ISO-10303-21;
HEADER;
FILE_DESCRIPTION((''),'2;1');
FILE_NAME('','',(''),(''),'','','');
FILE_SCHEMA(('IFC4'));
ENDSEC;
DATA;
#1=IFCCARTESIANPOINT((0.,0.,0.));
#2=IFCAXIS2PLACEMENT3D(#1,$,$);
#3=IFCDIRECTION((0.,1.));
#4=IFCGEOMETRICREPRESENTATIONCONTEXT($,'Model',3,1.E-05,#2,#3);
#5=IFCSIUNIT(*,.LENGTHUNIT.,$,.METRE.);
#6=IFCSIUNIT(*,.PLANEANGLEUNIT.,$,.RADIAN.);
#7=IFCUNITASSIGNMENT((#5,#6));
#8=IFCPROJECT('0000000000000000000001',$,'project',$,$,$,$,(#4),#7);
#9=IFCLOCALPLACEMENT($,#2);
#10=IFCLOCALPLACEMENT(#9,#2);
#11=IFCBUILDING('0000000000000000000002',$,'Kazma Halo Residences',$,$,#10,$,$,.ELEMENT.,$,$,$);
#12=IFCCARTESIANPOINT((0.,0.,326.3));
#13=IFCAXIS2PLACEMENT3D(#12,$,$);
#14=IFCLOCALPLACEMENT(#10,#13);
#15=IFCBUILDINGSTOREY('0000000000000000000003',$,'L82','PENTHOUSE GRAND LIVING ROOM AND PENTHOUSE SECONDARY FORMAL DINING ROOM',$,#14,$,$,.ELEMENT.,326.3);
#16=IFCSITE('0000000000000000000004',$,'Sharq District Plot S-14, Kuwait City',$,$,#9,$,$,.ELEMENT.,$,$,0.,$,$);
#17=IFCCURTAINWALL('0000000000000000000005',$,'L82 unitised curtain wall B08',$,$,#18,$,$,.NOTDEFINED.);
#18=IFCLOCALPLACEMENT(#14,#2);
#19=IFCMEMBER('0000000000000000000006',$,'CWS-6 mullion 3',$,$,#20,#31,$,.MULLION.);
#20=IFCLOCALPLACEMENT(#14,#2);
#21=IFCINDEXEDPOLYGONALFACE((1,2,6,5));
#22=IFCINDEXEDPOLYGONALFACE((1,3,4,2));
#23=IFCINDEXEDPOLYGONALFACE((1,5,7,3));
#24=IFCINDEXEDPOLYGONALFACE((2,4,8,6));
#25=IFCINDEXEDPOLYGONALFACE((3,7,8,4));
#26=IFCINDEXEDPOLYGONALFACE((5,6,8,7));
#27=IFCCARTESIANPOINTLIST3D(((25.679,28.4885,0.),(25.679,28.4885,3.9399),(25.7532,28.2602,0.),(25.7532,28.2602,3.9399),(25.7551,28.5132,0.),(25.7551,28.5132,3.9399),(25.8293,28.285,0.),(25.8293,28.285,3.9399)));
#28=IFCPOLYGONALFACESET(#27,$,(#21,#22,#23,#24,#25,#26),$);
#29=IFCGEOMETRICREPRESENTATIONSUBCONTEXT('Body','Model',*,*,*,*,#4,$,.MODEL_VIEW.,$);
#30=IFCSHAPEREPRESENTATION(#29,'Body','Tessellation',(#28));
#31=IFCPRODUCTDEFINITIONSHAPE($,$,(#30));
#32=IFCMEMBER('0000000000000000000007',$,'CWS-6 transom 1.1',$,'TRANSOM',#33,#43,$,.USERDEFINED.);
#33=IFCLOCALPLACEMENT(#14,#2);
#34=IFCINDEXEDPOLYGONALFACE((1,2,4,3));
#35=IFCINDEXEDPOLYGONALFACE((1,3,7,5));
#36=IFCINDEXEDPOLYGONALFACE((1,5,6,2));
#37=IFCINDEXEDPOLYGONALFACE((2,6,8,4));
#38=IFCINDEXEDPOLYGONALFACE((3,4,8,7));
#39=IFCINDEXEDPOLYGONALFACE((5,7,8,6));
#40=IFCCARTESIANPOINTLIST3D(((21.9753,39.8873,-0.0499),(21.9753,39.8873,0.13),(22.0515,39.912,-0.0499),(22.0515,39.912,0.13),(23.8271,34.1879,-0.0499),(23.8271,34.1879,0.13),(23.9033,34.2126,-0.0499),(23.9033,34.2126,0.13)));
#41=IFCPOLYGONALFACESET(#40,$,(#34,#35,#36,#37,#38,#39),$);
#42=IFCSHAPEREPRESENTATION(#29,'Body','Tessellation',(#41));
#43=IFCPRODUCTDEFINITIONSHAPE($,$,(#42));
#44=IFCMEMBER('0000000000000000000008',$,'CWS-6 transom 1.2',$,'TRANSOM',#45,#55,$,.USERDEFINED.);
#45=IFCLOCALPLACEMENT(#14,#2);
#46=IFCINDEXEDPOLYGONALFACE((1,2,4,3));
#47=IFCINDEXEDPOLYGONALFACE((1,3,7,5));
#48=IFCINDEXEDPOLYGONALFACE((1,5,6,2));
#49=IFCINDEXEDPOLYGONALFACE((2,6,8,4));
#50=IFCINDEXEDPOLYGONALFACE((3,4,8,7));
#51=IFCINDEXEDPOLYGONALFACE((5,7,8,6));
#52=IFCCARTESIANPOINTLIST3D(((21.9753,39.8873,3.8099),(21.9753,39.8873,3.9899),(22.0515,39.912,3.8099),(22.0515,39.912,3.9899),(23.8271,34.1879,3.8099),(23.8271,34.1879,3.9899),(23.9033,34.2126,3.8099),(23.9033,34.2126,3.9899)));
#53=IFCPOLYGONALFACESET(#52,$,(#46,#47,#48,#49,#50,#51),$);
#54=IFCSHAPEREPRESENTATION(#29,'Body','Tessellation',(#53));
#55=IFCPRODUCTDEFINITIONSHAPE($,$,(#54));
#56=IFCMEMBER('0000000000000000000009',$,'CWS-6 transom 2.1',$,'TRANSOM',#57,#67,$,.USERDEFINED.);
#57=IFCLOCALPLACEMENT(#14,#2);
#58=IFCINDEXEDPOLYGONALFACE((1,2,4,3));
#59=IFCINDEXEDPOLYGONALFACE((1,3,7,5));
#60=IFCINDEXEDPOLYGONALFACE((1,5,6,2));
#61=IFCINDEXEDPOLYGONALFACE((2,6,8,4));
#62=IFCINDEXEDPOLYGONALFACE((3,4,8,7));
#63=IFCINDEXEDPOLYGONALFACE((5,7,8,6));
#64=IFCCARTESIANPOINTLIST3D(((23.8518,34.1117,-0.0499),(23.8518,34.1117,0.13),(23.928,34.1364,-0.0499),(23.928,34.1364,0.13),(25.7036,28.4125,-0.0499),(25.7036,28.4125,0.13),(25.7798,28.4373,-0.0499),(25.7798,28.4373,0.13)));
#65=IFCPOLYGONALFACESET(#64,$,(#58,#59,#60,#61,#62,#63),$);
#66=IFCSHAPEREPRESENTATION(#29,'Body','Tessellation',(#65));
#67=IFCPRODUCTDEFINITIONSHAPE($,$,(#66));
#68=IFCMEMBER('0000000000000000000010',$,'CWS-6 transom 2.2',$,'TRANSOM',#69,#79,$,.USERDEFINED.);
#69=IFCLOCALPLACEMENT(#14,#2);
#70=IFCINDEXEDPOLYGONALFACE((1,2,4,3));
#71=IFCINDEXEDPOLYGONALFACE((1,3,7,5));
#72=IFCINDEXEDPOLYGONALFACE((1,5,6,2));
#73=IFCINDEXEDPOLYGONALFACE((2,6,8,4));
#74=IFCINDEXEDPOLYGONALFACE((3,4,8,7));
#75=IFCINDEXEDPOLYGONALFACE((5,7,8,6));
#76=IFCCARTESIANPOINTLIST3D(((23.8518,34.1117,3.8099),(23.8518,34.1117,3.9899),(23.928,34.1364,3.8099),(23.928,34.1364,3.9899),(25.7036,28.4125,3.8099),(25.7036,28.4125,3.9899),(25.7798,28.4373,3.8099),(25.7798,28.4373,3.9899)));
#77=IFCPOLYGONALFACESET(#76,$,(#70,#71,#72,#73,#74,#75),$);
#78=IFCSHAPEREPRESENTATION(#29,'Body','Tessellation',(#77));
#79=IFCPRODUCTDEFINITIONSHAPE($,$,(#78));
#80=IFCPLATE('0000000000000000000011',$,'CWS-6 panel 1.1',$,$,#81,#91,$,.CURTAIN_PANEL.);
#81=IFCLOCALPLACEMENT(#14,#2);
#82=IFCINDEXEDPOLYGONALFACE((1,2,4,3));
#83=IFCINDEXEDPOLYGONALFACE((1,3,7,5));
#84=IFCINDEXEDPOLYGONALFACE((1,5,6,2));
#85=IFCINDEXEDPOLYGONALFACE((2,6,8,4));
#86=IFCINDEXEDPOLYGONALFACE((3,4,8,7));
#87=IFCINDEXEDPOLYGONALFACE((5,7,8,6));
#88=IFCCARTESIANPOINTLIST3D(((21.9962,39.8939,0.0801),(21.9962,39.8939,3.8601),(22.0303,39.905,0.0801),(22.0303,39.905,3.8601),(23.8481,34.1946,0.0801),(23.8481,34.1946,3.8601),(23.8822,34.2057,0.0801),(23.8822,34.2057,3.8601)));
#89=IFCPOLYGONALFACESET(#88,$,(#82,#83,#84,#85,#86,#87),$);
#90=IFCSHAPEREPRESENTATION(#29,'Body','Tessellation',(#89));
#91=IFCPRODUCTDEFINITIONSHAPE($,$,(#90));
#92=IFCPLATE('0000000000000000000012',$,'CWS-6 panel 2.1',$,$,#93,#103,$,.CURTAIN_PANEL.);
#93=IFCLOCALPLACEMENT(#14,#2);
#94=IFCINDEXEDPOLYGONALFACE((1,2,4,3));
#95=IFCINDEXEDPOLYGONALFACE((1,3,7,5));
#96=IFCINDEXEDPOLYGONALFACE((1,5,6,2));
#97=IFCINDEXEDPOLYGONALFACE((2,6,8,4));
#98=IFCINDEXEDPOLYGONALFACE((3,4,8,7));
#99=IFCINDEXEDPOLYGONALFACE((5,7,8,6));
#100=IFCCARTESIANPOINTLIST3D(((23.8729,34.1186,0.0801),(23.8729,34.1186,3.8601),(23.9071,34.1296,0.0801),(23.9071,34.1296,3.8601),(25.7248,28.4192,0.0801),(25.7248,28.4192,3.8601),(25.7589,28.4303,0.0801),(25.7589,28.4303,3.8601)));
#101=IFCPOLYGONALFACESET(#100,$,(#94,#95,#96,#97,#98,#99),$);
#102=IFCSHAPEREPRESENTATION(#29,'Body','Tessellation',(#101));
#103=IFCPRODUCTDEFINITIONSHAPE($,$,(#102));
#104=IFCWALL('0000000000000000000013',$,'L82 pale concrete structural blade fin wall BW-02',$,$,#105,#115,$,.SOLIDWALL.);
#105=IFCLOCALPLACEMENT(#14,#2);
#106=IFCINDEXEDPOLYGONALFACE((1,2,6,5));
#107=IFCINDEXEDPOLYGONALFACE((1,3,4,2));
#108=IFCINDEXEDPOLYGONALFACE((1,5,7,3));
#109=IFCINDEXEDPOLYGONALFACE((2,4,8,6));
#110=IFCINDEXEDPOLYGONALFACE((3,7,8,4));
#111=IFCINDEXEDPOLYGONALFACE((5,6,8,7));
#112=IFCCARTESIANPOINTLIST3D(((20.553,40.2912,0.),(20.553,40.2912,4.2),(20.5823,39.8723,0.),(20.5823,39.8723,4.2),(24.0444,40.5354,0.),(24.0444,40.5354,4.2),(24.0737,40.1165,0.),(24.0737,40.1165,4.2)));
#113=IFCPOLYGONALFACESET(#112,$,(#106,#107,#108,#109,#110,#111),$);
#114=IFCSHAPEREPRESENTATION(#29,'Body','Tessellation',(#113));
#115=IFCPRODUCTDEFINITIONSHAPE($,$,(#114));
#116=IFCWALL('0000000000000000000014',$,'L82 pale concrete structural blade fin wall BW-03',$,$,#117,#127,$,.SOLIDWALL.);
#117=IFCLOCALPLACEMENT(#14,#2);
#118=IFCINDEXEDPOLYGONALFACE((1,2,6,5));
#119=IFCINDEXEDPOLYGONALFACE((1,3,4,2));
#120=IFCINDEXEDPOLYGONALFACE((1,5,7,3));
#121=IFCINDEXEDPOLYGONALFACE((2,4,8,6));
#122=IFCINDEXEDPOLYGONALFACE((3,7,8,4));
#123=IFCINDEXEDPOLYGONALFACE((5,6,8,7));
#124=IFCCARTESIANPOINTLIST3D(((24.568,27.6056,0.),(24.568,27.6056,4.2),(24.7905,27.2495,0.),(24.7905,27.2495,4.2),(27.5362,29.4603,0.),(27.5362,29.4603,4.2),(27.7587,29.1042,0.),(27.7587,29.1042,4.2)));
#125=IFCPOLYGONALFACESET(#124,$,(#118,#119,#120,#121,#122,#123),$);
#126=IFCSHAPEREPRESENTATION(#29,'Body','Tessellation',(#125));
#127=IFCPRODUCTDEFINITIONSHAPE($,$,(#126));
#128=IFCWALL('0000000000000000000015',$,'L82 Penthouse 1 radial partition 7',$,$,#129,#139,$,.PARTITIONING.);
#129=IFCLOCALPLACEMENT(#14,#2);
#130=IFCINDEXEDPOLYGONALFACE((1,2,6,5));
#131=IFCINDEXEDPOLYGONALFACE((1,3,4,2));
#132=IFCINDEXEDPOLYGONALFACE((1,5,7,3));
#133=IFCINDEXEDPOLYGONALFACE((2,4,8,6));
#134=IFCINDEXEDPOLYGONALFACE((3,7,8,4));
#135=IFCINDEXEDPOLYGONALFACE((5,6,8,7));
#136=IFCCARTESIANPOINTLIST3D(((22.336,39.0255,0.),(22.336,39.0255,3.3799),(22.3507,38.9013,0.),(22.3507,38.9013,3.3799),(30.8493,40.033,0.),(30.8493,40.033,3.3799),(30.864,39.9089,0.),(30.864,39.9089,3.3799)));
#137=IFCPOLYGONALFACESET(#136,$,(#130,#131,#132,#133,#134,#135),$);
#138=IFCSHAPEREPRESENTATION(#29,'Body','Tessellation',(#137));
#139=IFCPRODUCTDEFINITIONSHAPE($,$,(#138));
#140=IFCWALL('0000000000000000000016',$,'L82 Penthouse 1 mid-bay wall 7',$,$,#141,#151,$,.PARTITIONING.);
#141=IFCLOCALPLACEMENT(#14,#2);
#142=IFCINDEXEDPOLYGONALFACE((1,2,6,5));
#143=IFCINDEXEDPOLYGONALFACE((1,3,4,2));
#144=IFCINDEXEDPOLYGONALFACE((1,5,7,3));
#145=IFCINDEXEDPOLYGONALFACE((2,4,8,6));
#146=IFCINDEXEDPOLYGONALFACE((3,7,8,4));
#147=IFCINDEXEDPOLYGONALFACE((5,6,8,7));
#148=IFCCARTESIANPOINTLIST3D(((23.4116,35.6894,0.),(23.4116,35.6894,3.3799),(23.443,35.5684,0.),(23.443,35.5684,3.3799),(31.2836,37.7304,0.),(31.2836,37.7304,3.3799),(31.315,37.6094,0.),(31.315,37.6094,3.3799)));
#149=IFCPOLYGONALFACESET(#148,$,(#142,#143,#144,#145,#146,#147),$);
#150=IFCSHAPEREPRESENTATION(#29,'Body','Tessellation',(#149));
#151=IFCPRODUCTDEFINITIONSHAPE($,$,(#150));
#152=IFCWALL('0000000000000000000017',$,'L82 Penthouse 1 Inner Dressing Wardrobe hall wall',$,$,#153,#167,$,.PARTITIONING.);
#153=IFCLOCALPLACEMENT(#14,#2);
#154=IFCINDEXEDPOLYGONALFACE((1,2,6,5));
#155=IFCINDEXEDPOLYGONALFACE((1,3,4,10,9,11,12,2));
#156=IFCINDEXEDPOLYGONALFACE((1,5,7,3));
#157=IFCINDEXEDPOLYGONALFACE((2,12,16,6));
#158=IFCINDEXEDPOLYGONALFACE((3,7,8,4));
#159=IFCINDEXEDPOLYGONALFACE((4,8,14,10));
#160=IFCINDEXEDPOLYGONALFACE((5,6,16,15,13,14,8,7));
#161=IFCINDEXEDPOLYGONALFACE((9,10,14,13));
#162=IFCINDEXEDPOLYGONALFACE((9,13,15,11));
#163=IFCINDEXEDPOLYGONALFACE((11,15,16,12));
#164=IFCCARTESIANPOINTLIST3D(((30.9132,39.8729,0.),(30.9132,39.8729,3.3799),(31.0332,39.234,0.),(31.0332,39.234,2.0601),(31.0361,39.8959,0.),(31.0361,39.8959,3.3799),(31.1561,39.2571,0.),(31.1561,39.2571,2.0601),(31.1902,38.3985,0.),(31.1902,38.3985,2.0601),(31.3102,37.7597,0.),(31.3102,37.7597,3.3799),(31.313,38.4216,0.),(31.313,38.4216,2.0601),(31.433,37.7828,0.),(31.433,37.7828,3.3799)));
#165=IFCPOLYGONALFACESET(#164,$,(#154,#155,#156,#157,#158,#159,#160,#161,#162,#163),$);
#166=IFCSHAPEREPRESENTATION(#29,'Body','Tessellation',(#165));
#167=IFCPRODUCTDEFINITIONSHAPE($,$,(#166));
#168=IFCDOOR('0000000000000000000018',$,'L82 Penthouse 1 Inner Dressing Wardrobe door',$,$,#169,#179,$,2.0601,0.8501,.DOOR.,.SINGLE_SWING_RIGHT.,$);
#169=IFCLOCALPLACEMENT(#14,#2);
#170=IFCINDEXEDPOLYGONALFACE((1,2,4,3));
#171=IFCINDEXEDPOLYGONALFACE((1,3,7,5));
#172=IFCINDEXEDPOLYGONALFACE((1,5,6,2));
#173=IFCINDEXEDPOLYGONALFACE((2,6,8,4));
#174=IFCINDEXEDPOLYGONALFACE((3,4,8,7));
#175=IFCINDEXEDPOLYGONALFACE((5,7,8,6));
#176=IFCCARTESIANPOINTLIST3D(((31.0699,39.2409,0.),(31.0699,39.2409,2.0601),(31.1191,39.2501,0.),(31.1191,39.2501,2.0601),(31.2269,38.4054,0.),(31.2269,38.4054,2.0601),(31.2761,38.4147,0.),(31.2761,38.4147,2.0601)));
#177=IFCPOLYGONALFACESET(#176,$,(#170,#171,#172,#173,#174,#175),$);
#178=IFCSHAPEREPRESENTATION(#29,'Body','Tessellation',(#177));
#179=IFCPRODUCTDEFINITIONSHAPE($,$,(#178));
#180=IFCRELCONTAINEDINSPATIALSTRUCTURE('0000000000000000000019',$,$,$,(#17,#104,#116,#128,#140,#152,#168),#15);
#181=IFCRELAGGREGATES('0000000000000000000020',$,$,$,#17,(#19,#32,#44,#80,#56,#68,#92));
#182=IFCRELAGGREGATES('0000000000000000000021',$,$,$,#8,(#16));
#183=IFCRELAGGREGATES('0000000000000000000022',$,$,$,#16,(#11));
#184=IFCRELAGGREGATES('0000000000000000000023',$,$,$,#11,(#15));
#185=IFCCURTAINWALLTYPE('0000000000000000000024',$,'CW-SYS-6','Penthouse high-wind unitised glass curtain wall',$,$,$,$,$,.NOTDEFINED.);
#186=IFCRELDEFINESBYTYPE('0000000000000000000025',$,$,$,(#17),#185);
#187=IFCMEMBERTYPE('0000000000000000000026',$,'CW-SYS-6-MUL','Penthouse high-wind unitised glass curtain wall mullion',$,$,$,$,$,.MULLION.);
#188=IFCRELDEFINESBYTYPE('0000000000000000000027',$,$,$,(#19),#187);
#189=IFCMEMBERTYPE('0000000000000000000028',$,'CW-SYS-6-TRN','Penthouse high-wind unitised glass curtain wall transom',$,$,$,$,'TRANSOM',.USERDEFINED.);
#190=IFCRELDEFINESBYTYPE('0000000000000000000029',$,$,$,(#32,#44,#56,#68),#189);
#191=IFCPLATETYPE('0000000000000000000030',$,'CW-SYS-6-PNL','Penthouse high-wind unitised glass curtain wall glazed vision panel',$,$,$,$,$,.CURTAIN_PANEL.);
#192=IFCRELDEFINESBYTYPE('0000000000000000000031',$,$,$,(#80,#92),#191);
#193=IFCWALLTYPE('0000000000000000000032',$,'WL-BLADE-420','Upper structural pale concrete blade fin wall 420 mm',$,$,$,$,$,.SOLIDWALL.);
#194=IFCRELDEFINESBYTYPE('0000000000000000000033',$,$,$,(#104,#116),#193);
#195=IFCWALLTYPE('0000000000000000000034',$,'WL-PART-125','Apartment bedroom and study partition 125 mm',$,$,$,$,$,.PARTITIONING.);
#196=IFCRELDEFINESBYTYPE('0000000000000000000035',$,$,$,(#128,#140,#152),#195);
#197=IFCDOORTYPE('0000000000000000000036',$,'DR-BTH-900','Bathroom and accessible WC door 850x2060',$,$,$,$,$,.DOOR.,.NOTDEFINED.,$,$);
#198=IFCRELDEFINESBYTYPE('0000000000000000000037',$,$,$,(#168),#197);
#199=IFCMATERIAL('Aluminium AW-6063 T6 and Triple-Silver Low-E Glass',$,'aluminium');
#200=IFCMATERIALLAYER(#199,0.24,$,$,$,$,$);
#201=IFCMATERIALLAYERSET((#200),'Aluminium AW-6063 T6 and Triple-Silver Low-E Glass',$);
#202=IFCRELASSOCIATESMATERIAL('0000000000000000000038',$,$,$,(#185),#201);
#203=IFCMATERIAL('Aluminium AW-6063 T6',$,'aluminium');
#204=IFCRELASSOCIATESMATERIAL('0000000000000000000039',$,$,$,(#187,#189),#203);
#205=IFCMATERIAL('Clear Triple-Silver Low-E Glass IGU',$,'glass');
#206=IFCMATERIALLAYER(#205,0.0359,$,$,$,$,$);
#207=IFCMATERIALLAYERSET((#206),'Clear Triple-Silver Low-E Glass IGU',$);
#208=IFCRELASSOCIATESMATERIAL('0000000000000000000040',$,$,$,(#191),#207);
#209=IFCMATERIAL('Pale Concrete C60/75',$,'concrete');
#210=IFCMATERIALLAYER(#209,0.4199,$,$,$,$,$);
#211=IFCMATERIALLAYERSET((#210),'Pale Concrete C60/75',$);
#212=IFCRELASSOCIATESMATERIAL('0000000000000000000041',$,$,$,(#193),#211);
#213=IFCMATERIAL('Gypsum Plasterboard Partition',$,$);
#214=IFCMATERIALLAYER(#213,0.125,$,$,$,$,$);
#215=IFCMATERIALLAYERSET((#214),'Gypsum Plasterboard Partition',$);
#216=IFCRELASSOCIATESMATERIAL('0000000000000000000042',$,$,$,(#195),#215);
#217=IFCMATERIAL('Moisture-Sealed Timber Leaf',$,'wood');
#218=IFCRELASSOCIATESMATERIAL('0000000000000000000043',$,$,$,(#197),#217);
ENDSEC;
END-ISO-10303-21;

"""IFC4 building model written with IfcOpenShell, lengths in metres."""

from ifc_helpers import new_model, si_unit, direction, frame, frame_2d, origin, origin_2d, place, context, subcontext, project, spatial, rectangle, extrude, material, layer, layer_set, material_profile, profile_set, type_object, element, fill, aggregate, save


model = new_model("IFC4")

# Units and contexts
model_context = context("Model", 3, precision=1e-05, world=origin(), true_north=direction((0.0, 1.0)))
body_context = subcontext(model_context, "Body", "Model", "MODEL_VIEW")
ifc_project = project(units=[si_unit("LENGTHUNIT", "METRE"), si_unit("PLANEANGLEUNIT", "RADIAN")], contexts=[model_context])

# Site, building, storey
site_placement = place(None, origin())
site = spatial("IfcSite", under=ifc_project, at=site_placement, Name="Sharq District Plot S-14, Kuwait City", CompositionType="ELEMENT", RefElevation=0.0)
building_placement = place(site_placement, origin())
building = spatial("IfcBuilding", under=site, at=building_placement, Name="Kazma Halo Residences", CompositionType="ELEMENT")
storey_placement = place(building_placement, frame((0.0, 0.0, 326.3)))
storey = spatial("IfcBuildingStorey", under=building, at=storey_placement, Name="L82", Description="PENTHOUSE GRAND LIVING ROOM AND PENTHOUSE SECONDARY FORMAL DINING ROOM", CompositionType="ELEMENT", Elevation=326.3)

# Shared definitions
ifc_material_1 = material(Name="Aluminium AW-6063 T6 and Triple-Silver Low-E Glass", Category="aluminium")
ifc_layer_1 = layer(ifc_material_1, 0.24)
ifc_layer_set_1 = layer_set([ifc_layer_1], Name="Aluminium AW-6063 T6 and Triple-Silver Low-E Glass")
curtain_wall_type = type_object("IfcCurtainWallType", Name="CW-SYS-6", Description="Penthouse high-wind unitised glass curtain wall", PredefinedType="NOTDEFINED", material=ifc_layer_set_1)
ifc_material_2 = material(Name="Aluminium AW-6063 T6", Category="aluminium")
ifc_material_profile_1 = material_profile(ifc_material_2, rectangle(XDim=0.0801, YDim=0.24, at=origin_2d()), Name="CWM-80x240")
ifc_profile_set_1 = profile_set([ifc_material_profile_1], Name="Aluminium AW-6063 T6")
member_type_1 = type_object("IfcMemberType", Name="CW-SYS-6-MUL", Description="Penthouse high-wind unitised glass curtain wall mullion", PredefinedType="MULLION", material=ifc_profile_set_1)

# Curtain wall, members, plates
curtain_wall_1_placement = place(storey_placement, origin())
curtain_wall_1 = element("IfcCurtainWall", 1, at=curtain_wall_1_placement, inside=storey, type_object=curtain_wall_type, Name="L82 unitised curtain wall B08", PredefinedType="NOTDEFINED")
member_1_placement = place(storey_placement, frame((25.7542, 28.3867, 0.0), z_axis=(0.0, 0.0, 1.0), x_axis=(0.951056, 0.309019, 0.0)))
member_1 = element("IfcMember", 2, at=member_1_placement, type_object=member_type_1, Name="CWS-6 mullion 3", PredefinedType="MULLION", context=body_context, shape_type="SweptSolid", body=[
    extrude(rectangle(XDim=0.0801, YDim=0.24, at=origin_2d()), origin(), (0.0, 0.0, 1.0), 3.9399),
])
ifc_material_profile_2 = material_profile(ifc_material_2, rectangle(XDim=0.0801, YDim=0.1799, at=origin_2d()), Name="CWT-80x180")
ifc_profile_set_2 = profile_set([ifc_material_profile_2], Name="Aluminium AW-6063 T6")
member_type_2 = type_object("IfcMemberType", Name="CW-SYS-6-TRN", Description="Penthouse high-wind unitised glass curtain wall transom", ElementType="TRANSOM", PredefinedType="USERDEFINED", material=ifc_profile_set_2)
member_2_placement = place(storey_placement, frame((22.0134, 39.8997, 0.04), z_axis=(0.309008, -0.95106, 0.0), x_axis=(0.95106, 0.309008, 0.0)))
member_2 = element("IfcMember", 3, at=member_2_placement, type_object=member_type_2, Name="CWS-6 transom 1.1", ObjectType="TRANSOM", PredefinedType="USERDEFINED", context=body_context, shape_type="SweptSolid", body=[
    extrude(rectangle(XDim=0.0801, YDim=0.1799, at=origin_2d()), origin(), (0.0, 0.0, 1.0), 5.9927),
])
member_3_placement = place(storey_placement, frame((22.0134, 39.8997, 3.8999), z_axis=(0.309008, -0.95106, 0.0), x_axis=(0.95106, 0.309008, 0.0)))
member_3 = element("IfcMember", 4, at=member_3_placement, type_object=member_type_2, Name="CWS-6 transom 1.2", ObjectType="TRANSOM", PredefinedType="USERDEFINED", context=body_context, shape_type="SweptSolid", body=[
    extrude(rectangle(XDim=0.0801, YDim=0.1799, at=origin_2d()), origin(), (0.0, 0.0, 1.0), 5.9927),
])
member_4_placement = place(storey_placement, frame((23.8899, 34.124, 0.04), z_axis=(0.30902, -0.951056, 0.0), x_axis=(0.951056, 0.30902, 0.0)))
member_4 = element("IfcMember", 5, at=member_4_placement, type_object=member_type_2, Name="CWS-6 transom 2.1", ObjectType="TRANSOM", PredefinedType="USERDEFINED", context=body_context, shape_type="SweptSolid", body=[
    extrude(rectangle(XDim=0.0801, YDim=0.1799, at=origin_2d()), origin(), (0.0, 0.0, 1.0), 5.9924),
])
member_5_placement = place(storey_placement, frame((23.8899, 34.124, 3.8999), z_axis=(0.30902, -0.951056, 0.0), x_axis=(0.951056, 0.30902, 0.0)))
member_5 = element("IfcMember", 6, at=member_5_placement, type_object=member_type_2, Name="CWS-6 transom 2.2", ObjectType="TRANSOM", PredefinedType="USERDEFINED", context=body_context, shape_type="SweptSolid", body=[
    extrude(rectangle(XDim=0.0801, YDim=0.1799, at=origin_2d()), origin(), (0.0, 0.0, 1.0), 5.9924),
])
ifc_material_3 = material(Name="Clear Triple-Silver Low-E Glass IGU", Category="glass")
ifc_layer_2 = layer(ifc_material_3, 0.0359)
ifc_layer_set_2 = layer_set([ifc_layer_2], Name="Clear Triple-Silver Low-E Glass IGU")
plate_type = type_object("IfcPlateType", Name="CW-SYS-6-PNL", Description="Penthouse high-wind unitised glass curtain wall glazed vision panel", PredefinedType="CURTAIN_PANEL", material=ifc_layer_set_2)
plate_1_placement = place(storey_placement, frame((22.9392, 37.0498, 0.0801), z_axis=(0.0, 0.0, 1.0), x_axis=(0.309019, -0.951056, 0.0)))
plate_1 = element("IfcPlate", 7, at=plate_1_placement, type_object=plate_type, Name="CWS-6 panel 1.1", PredefinedType="CURTAIN_PANEL", context=body_context, shape_type="SweptSolid", body=[
    extrude(rectangle(XDim=5.9927, YDim=0.0359, at=origin_2d()), origin(), (0.0, 0.0, 1.0), 3.78),
])
plate_2_placement = place(storey_placement, frame((24.8159, 31.2744, 0.0801), z_axis=(0.0, 0.0, 1.0), x_axis=(0.309019, -0.951056, 0.0)))
plate_2 = element("IfcPlate", 8, at=plate_2_placement, type_object=plate_type, Name="CWS-6 panel 2.1", PredefinedType="CURTAIN_PANEL", context=body_context, shape_type="SweptSolid", body=[
    extrude(rectangle(XDim=5.9927, YDim=0.0359, at=origin_2d()), origin(), (0.0, 0.0, 1.0), 3.78),
])
aggregate(curtain_wall_1, [member_1, member_2, member_3, plate_1, member_4, member_5, plate_2])

# Walls
ifc_material_4 = material(Name="Pale Concrete C60/75", Category="concrete")
ifc_layer_3 = layer(ifc_material_4, 0.4199)
ifc_layer_set_3 = layer_set([ifc_layer_3], Name="Pale Concrete C60/75")
wall_type_1 = type_object("IfcWallType", Name="WL-BLADE-420", Description="Upper structural pale concrete blade fin wall 420 mm", PredefinedType="SOLIDWALL", material=ifc_layer_set_3)
for number, where, z_axis, x_axis, name in (
    (9, (24.0591, 40.3259, 0.0), (0.0, 0.0, 1.0), (-0.997564, -0.069755, 0.0), "L82 pale concrete structural blade fin wall BW-02"),
    (10, (27.6475, 29.2822, 0.0), (0.0, 0.0, 1.0), (-0.848053, -0.529911, 0.0), "L82 pale concrete structural blade fin wall BW-03"),
):
    element("IfcWall", number, at=place(storey_placement, frame(where, z_axis=z_axis, x_axis=x_axis)), inside=storey, type_object=wall_type_1, Name=name, PredefinedType="SOLIDWALL", context=body_context, shape_type="SweptSolid", body=[
        extrude(rectangle(XDim=3.5, YDim=0.4199, at=frame_2d((1.75, 0.0))), origin(), (0.0, 0.0, 1.0), 4.2),
    ])
ifc_material_5 = material(Name="Gypsum Plasterboard Partition")
ifc_layer_4 = layer(ifc_material_5, 0.125)
ifc_layer_set_4 = layer_set([ifc_layer_4], Name="Gypsum Plasterboard Partition")
wall_type_2 = type_object("IfcWallType", Name="WL-PART-125", Description="Apartment bedroom and study partition 125 mm", PredefinedType="PARTITIONING", material=ifc_layer_set_4)
wall_1_placement = place(storey_placement, frame((30.8567, 39.9709, 0.0), z_axis=(0.0, 0.0, 1.0), x_axis=(-0.993069, -0.11753, 0.0)))
element("IfcWall", 11, at=wall_1_placement, inside=storey, type_object=wall_type_2, Name="L82 Penthouse 1 radial partition 7", PredefinedType="PARTITIONING", context=body_context, shape_type="SweptSolid", body=[
    extrude(rectangle(XDim=8.5728, YDim=0.125, at=frame_2d((4.2864, 0.0))), origin(), (0.0, 0.0, 1.0), 3.3799),
])
wall_2_placement = place(storey_placement, frame((31.2993, 37.6699, 0.0), z_axis=(0.0, 0.0, 1.0), x_axis=(-0.967994, -0.250975, 0.0)))
element("IfcWall", 12, at=wall_2_placement, inside=storey, type_object=wall_type_2, Name="L82 Penthouse 1 mid-bay wall 7", PredefinedType="PARTITIONING", context=body_context, shape_type="SweptSolid", body=[
    extrude(rectangle(XDim=8.1323, YDim=0.125, at=frame_2d((4.0662, 0.0))), origin(), (0.0, 0.0, 1.0), 3.3799),
])

# Wall, opening, door
wall_3_placement = place(storey_placement, frame((30.9746, 39.8845, 0.0), z_axis=(0.0, 0.0, 1.0), x_axis=(0.184618, -0.98281, 0.0)))
wall_3 = element("IfcWall", 13, at=wall_3_placement, inside=storey, type_object=wall_type_2, Name="L82 Penthouse 1 Inner Dressing Wardrobe hall wall", PredefinedType="PARTITIONING", context=body_context, shape_type="SweptSolid", body=[
    extrude(rectangle(XDim=2.1501, YDim=0.125, at=frame_2d((1.0752, 0.0))), origin(), (0.0, 0.0, 1.0), 3.3799),
])
opening_1_placement = place(wall_3_placement, frame((0.6501, 0.0, 0.0)))
opening_1 = element("IfcOpeningElement", 14, at=opening_1_placement, cuts=wall_3, PredefinedType="OPENING", context=body_context, shape_type="SweptSolid", body=[
    extrude(rectangle(XDim=0.8501, YDim=2.0601, at=frame_2d((0.425, 1.03))), frame((0.0, 0.0725, 0.0), z_axis=(0.0, -1.0, 0.0), x_axis=(1.0, 0.0, 0.0)), (0.0, 0.0, 1.0), 0.145),
])
ifc_material_6 = material(Name="Moisture-Sealed Timber Leaf", Category="wood")
door_type_1 = type_object("IfcDoorType", Name="DR-BTH-900", Description="Bathroom and accessible WC door 850x2060", OperationType="NOTDEFINED", PredefinedType="DOOR", material=ifc_material_6)
door_1_placement = place(opening_1_placement, origin())
door_1 = element("IfcDoor", 15, at=door_1_placement, inside=storey, type_object=door_type_1, Name="L82 Penthouse 1 Inner Dressing Wardrobe door", OperationType="SINGLE_SWING_RIGHT", OverallHeight=2.0601, OverallWidth=0.8501, PredefinedType="DOOR", context=body_context, shape_type="SweptSolid", body=[
    extrude(rectangle(XDim=0.8501, YDim=2.0601, at=frame_2d((0.425, 1.03))), frame((0.0, 0.0249, 0.0), z_axis=(0.0, -1.0, 0.0), x_axis=(1.0, 0.0, 0.0)), (0.0, 0.0, 1.0), 0.05),
])
fill(opening_1, door_1)

save(model, "model.ifc")
